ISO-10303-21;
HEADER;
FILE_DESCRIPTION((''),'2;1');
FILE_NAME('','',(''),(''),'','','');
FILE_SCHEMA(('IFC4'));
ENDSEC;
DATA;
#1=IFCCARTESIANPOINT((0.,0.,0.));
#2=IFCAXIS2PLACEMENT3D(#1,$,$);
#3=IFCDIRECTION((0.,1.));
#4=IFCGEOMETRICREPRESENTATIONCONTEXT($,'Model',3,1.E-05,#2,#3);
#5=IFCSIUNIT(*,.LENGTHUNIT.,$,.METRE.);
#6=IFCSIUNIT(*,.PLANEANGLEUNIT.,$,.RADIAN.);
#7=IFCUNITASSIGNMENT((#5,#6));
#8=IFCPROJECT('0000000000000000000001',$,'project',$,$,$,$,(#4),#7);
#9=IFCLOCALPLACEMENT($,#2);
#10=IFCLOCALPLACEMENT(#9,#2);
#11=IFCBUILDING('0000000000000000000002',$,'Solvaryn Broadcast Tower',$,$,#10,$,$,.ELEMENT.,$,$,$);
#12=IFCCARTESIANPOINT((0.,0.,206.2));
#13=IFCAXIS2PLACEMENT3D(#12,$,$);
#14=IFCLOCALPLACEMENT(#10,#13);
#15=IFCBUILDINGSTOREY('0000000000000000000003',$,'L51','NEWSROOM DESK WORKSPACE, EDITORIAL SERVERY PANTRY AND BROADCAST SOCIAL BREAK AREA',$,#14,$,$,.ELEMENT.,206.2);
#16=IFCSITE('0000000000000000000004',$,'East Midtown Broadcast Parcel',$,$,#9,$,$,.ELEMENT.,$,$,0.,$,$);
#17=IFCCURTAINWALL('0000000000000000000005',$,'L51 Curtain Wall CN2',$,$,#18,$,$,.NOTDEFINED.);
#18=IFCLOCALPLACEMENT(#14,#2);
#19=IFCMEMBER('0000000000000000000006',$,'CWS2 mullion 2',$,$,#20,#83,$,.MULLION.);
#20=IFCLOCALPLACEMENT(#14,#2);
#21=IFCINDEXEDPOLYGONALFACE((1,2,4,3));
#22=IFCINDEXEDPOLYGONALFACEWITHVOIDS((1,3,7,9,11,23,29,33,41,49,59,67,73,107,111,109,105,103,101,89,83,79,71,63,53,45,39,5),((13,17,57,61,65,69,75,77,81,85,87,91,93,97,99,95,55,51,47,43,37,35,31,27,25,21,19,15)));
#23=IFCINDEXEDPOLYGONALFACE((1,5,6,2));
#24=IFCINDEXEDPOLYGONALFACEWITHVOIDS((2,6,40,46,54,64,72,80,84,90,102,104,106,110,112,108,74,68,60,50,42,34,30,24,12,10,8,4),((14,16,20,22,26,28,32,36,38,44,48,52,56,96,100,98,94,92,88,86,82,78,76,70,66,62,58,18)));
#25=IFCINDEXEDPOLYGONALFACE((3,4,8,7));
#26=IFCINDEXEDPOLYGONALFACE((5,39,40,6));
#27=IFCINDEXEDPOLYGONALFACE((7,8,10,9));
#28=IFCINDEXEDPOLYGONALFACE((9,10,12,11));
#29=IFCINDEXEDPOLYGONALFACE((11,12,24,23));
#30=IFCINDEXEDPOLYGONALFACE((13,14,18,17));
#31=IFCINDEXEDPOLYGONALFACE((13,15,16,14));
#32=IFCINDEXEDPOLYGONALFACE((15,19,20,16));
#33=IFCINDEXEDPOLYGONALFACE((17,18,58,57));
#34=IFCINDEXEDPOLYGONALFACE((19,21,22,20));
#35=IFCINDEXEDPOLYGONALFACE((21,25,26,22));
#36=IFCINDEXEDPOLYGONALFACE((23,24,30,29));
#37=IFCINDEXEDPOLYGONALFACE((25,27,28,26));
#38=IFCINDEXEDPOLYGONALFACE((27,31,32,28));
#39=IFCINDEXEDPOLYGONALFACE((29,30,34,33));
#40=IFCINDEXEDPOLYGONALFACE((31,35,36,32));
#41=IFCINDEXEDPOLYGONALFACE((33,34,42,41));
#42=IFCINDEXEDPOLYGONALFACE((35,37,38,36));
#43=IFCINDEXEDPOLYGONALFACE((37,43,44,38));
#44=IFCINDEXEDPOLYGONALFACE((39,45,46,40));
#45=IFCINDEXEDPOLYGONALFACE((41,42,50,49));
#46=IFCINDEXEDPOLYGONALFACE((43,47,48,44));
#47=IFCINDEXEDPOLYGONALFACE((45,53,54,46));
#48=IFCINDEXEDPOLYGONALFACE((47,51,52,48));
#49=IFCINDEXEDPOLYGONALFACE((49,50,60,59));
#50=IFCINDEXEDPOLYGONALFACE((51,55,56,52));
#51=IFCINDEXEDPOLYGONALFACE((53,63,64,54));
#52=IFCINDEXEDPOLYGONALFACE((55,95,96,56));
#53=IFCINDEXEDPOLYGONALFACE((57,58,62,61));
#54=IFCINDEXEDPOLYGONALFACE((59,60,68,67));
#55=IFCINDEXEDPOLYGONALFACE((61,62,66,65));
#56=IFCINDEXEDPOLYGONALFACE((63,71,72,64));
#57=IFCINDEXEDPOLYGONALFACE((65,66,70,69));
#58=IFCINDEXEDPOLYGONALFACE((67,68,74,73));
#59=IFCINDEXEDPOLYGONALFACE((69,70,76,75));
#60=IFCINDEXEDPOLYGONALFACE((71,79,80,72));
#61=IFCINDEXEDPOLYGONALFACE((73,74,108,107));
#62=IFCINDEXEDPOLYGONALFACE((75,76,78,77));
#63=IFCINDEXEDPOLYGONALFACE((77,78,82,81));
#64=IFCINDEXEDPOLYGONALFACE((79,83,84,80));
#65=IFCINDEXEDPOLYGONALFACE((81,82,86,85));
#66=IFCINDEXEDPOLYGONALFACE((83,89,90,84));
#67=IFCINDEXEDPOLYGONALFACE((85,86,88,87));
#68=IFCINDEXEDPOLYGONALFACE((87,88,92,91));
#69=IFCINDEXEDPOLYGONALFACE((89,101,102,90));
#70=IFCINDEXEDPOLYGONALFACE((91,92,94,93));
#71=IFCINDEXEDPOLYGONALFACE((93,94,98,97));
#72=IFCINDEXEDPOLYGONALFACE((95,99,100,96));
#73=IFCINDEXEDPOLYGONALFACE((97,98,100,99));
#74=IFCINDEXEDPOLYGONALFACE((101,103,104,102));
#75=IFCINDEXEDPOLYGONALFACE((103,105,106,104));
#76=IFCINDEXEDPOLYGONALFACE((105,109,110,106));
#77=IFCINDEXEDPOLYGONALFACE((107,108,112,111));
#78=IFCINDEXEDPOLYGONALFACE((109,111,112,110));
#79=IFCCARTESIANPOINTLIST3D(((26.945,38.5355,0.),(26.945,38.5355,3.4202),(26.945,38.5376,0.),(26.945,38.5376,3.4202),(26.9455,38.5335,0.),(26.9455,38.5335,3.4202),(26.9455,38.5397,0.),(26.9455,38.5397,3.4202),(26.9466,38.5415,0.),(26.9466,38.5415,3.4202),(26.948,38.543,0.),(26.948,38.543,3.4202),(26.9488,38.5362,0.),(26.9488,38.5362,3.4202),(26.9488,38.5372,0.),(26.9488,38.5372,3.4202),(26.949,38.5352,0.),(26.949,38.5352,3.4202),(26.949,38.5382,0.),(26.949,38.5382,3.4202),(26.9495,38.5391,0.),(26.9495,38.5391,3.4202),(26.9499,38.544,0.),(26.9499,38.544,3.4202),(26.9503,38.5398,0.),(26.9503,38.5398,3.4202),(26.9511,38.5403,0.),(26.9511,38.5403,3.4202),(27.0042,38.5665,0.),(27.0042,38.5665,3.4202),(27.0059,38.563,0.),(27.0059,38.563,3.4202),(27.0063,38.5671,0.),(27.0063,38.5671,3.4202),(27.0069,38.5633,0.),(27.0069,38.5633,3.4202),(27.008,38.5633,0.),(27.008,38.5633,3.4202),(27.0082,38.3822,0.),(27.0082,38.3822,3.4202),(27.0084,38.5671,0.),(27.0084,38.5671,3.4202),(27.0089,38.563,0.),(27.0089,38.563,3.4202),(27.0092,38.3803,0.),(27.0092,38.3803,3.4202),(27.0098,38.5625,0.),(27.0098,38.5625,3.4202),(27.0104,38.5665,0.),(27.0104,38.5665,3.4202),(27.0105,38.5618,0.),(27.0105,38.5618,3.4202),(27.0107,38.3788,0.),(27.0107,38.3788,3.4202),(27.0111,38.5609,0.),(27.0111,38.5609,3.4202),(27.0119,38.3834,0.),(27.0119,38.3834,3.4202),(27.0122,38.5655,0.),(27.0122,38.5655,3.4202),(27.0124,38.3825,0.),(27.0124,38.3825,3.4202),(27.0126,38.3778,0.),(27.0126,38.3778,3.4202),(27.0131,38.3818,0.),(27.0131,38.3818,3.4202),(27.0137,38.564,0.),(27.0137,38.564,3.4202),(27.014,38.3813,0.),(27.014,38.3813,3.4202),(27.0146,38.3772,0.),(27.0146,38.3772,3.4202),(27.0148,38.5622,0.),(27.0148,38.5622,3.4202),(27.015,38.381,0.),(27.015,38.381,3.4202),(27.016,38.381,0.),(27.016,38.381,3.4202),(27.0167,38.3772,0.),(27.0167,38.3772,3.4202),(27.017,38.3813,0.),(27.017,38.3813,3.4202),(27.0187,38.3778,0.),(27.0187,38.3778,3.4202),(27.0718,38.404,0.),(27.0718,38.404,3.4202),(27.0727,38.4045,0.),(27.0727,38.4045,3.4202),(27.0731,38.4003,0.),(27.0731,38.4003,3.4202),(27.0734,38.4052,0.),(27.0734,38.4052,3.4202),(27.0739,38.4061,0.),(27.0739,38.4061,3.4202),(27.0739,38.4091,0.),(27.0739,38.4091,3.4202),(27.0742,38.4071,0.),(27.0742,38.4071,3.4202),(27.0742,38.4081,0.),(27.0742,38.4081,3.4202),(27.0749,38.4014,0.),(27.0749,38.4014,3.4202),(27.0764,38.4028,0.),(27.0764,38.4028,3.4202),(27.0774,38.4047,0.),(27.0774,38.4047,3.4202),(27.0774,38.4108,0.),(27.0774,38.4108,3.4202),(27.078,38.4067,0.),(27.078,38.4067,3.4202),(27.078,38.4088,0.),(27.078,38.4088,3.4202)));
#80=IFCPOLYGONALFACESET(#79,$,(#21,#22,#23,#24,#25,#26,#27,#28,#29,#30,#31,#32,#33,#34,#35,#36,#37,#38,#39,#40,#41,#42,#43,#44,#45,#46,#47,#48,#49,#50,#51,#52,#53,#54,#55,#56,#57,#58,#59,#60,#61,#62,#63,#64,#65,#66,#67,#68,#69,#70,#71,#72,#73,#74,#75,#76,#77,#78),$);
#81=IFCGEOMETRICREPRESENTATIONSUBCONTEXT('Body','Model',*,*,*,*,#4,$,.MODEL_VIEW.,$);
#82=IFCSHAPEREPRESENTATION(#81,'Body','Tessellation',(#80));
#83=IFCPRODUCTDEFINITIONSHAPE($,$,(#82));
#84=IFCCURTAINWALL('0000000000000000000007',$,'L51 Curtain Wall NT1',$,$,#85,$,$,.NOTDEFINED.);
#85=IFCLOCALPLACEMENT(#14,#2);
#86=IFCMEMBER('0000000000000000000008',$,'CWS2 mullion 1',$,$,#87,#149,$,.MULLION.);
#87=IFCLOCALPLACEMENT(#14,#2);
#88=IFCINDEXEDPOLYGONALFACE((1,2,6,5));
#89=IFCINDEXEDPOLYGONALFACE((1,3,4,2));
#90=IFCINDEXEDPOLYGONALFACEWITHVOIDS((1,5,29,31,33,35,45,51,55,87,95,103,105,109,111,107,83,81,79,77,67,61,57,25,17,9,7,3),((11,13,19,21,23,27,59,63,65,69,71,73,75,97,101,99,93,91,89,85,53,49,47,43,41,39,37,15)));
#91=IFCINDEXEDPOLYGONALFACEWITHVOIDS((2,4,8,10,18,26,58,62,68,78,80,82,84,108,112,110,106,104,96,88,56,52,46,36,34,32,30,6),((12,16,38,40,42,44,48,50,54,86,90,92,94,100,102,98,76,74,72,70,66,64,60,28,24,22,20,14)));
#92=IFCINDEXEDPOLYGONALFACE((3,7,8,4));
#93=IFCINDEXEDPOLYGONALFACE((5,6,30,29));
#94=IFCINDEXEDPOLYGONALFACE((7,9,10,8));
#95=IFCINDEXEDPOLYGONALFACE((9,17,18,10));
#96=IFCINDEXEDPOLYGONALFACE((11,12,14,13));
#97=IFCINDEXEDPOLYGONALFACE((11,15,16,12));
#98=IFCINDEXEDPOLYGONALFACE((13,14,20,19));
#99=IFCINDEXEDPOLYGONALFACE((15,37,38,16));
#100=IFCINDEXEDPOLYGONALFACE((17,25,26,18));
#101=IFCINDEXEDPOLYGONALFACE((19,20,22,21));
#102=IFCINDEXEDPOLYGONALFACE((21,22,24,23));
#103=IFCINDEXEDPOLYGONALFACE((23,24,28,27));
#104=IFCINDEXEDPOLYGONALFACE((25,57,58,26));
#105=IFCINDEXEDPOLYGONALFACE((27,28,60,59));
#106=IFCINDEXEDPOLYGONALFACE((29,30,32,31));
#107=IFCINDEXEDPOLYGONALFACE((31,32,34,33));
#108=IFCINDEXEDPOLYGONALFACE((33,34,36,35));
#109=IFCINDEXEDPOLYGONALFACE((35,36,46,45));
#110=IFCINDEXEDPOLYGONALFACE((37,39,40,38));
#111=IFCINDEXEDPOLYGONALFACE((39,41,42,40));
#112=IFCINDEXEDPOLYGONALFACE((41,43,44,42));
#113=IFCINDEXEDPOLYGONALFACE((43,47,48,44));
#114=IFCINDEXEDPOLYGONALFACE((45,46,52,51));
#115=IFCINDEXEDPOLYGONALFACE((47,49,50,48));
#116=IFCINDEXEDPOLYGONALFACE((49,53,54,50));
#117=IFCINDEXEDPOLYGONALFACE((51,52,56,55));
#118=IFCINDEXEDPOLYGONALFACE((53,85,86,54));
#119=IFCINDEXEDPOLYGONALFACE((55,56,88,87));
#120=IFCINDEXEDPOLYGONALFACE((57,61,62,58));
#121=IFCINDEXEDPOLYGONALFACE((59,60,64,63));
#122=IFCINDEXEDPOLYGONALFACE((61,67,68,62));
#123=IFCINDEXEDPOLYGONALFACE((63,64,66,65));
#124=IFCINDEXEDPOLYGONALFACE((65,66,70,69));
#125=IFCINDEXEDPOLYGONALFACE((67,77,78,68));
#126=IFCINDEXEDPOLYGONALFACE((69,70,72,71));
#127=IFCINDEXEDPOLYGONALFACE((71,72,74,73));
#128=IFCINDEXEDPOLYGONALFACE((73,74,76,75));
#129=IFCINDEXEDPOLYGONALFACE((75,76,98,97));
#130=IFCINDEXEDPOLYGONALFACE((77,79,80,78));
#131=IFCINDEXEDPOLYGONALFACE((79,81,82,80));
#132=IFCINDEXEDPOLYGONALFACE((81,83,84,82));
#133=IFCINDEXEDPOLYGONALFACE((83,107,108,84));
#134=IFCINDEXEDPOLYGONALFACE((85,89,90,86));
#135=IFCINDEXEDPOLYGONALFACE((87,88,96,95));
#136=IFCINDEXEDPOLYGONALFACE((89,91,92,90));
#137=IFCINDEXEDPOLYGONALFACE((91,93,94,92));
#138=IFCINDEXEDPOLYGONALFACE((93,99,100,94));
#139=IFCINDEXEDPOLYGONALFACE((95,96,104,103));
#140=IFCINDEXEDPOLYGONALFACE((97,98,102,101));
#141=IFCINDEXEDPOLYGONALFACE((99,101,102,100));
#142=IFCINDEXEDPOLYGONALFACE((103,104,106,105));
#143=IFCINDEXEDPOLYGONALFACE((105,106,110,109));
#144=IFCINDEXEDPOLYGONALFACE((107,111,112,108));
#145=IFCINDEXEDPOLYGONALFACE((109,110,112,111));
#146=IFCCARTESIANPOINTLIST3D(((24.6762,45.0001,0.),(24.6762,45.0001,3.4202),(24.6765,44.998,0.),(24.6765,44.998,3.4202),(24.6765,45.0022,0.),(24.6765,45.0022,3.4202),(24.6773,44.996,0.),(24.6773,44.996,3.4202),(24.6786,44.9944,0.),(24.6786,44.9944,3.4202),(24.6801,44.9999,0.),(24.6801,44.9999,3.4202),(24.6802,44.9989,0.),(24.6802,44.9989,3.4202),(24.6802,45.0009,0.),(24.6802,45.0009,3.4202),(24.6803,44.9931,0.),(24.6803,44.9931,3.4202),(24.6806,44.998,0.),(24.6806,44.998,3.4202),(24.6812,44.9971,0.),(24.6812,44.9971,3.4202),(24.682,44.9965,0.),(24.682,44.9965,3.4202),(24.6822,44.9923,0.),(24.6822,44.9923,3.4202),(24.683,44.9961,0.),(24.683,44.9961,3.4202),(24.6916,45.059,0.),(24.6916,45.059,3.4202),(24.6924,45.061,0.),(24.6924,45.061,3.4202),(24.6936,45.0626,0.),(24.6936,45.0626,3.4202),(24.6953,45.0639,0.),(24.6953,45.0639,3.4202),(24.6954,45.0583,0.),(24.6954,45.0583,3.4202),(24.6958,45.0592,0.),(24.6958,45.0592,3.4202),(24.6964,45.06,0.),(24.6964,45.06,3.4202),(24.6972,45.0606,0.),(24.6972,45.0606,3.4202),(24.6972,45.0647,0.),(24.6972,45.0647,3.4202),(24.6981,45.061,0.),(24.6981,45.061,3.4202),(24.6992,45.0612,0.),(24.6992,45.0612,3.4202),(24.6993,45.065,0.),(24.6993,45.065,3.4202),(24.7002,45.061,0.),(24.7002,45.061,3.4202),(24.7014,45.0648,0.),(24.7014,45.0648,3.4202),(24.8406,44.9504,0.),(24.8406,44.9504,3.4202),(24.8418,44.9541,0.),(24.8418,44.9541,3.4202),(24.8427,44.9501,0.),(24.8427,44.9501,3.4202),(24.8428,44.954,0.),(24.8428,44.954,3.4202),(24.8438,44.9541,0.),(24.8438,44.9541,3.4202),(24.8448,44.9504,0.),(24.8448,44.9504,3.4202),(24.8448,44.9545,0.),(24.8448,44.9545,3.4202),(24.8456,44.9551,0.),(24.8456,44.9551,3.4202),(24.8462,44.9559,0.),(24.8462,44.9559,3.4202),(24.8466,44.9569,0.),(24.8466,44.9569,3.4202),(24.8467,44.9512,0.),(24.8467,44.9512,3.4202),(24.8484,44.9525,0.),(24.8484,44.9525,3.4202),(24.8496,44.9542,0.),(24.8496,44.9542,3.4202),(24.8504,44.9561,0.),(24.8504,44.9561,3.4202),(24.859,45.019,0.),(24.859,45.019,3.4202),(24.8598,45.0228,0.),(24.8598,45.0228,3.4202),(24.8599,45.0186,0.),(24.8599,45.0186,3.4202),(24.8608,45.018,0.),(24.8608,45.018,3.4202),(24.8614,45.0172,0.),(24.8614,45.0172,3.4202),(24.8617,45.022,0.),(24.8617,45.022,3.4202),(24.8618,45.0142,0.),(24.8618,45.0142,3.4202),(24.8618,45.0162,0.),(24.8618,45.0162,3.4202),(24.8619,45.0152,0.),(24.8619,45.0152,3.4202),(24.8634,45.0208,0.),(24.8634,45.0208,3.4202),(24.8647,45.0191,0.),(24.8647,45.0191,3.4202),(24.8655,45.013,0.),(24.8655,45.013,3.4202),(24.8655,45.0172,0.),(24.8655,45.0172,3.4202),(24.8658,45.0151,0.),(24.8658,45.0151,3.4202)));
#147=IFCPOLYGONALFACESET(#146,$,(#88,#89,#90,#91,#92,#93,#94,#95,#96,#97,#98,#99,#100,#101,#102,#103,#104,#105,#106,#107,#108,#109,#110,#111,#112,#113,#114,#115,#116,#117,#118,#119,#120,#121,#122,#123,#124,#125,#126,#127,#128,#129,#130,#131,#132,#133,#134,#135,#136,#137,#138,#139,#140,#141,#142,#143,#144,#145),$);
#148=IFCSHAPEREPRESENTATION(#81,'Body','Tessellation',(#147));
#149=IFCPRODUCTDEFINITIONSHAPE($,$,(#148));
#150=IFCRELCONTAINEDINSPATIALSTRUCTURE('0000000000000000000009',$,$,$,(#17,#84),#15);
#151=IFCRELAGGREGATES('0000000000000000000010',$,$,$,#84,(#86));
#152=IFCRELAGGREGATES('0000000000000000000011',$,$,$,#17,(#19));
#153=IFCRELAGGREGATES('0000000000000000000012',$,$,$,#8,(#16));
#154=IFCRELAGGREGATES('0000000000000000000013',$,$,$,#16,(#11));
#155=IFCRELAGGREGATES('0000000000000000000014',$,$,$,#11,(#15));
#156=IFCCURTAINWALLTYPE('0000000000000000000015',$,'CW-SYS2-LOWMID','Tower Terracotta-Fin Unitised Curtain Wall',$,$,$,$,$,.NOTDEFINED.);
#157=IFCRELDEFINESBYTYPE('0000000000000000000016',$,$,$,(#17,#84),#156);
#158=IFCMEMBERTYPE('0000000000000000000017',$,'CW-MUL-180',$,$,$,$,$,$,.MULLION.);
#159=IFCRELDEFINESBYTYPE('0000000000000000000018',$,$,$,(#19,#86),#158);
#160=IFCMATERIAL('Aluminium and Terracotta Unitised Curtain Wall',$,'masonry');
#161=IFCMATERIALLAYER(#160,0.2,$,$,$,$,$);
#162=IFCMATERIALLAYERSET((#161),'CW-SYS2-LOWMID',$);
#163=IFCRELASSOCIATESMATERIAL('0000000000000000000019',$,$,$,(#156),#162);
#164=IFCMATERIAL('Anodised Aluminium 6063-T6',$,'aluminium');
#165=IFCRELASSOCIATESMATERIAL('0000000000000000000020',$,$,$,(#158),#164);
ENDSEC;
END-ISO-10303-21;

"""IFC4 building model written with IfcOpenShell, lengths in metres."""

from ifc_helpers import new_model, si_unit, direction, frame, origin, origin_2d, place, context, subcontext, project, spatial, hollow_rectangle, extrude, material, layer, layer_set, material_profile, profile_set, type_object, element, aggregate, save


model = new_model("IFC4")

# Units and contexts
model_context = context("Model", 3, precision=1e-05, world=origin(), true_north=direction((0.0, 1.0)))
body_context = subcontext(model_context, "Body", "Model", "MODEL_VIEW")
ifc_project = project(units=[si_unit("LENGTHUNIT", "METRE"), si_unit("PLANEANGLEUNIT", "RADIAN")], contexts=[model_context])

# Site, building, storey
site_placement = place(None, origin())
site = spatial("IfcSite", under=ifc_project, at=site_placement, Name="East Midtown Broadcast Parcel", CompositionType="ELEMENT", RefElevation=0.0)
building_placement = place(site_placement, origin())
building = spatial("IfcBuilding", under=site, at=building_placement, Name="Solvaryn Broadcast Tower", CompositionType="ELEMENT")
storey_placement = place(building_placement, frame((0.0, 0.0, 206.2)))
storey = spatial("IfcBuildingStorey", under=building, at=storey_placement, Name="L51", Description="NEWSROOM DESK WORKSPACE, EDITORIAL SERVERY PANTRY AND BROADCAST SOCIAL BREAK AREA", CompositionType="ELEMENT", Elevation=206.2)

# Shared definitions
ifc_material_1 = material(Name="Aluminium and Terracotta Unitised Curtain Wall", Category="masonry")
ifc_layer_1 = layer(ifc_material_1, 0.2)
ifc_layer_set_1 = layer_set([ifc_layer_1], Name="CW-SYS2-LOWMID")
curtain_wall_type = type_object("IfcCurtainWallType", Name="CW-SYS2-LOWMID", Description="Tower Terracotta-Fin Unitised Curtain Wall", PredefinedType="NOTDEFINED", material=ifc_layer_set_1)
ifc_material_2 = material(Name="Anodised Aluminium 6063-T6", Category="aluminium")
ifc_material_profile_1 = material_profile(ifc_material_2, hollow_rectangle(XDim=0.075, YDim=0.1799, WallThickness=0.0039, InnerFilletRadius=0.0039, OuterFilletRadius=0.0081, at=origin_2d()))
ifc_profile_set_1 = profile_set([ifc_material_profile_1], Name="Anodised Aluminium 6063-T6")
member_type_1 = type_object("IfcMemberType", Name="CW-MUL-180", PredefinedType="MULLION", material=ifc_profile_set_1)

# Curtain walls, members
curtain_wall_1_placement = place(storey_placement, origin())
curtain_wall_1 = element("IfcCurtainWall", 1, at=curtain_wall_1_placement, inside=storey, type_object=curtain_wall_type, Name="L51 Curtain Wall CN2", PredefinedType="NOTDEFINED")
member_1_placement = place(storey_placement, frame((27.0115, 38.4722, 0.0), z_axis=(0.0, 0.0, 1.0), x_axis=(-0.923895, -0.382646, 0.0)))
member_1 = element("IfcMember", 2, at=member_1_placement, type_object=member_type_1, Name="CWS2 mullion 2", PredefinedType="MULLION", context=body_context, shape_type="SweptSolid", body=[
    extrude(hollow_rectangle(XDim=0.075, YDim=0.1799, WallThickness=0.0039, InnerFilletRadius=0.0039, OuterFilletRadius=0.0081, at=origin_2d()), origin(), (0.0, 0.0, 1.0), 3.4202),
])
curtain_wall_2_placement = place(storey_placement, origin())
curtain_wall_2 = element("IfcCurtainWall", 3, at=curtain_wall_2_placement, inside=storey, type_object=curtain_wall_type, Name="L51 Curtain Wall NT1", PredefinedType="NOTDEFINED")
member_2_placement = place(storey_placement, frame((24.771, 45.0076, 0.0), z_axis=(0.0, 0.0, 1.0), x_axis=(-0.255893, -0.966705, 0.0)))
member_2 = element("IfcMember", 4, at=member_2_placement, type_object=member_type_1, Name="CWS2 mullion 1", PredefinedType="MULLION", context=body_context, shape_type="SweptSolid", body=[
    extrude(hollow_rectangle(XDim=0.075, YDim=0.1799, WallThickness=0.0039, InnerFilletRadius=0.0039, OuterFilletRadius=0.0081, at=origin_2d()), origin(), (0.0, 0.0, 1.0), 3.4202),
])

aggregate(curtain_wall_2, [member_2])

aggregate(curtain_wall_1, [member_1])

save(model, "model.ifc")
